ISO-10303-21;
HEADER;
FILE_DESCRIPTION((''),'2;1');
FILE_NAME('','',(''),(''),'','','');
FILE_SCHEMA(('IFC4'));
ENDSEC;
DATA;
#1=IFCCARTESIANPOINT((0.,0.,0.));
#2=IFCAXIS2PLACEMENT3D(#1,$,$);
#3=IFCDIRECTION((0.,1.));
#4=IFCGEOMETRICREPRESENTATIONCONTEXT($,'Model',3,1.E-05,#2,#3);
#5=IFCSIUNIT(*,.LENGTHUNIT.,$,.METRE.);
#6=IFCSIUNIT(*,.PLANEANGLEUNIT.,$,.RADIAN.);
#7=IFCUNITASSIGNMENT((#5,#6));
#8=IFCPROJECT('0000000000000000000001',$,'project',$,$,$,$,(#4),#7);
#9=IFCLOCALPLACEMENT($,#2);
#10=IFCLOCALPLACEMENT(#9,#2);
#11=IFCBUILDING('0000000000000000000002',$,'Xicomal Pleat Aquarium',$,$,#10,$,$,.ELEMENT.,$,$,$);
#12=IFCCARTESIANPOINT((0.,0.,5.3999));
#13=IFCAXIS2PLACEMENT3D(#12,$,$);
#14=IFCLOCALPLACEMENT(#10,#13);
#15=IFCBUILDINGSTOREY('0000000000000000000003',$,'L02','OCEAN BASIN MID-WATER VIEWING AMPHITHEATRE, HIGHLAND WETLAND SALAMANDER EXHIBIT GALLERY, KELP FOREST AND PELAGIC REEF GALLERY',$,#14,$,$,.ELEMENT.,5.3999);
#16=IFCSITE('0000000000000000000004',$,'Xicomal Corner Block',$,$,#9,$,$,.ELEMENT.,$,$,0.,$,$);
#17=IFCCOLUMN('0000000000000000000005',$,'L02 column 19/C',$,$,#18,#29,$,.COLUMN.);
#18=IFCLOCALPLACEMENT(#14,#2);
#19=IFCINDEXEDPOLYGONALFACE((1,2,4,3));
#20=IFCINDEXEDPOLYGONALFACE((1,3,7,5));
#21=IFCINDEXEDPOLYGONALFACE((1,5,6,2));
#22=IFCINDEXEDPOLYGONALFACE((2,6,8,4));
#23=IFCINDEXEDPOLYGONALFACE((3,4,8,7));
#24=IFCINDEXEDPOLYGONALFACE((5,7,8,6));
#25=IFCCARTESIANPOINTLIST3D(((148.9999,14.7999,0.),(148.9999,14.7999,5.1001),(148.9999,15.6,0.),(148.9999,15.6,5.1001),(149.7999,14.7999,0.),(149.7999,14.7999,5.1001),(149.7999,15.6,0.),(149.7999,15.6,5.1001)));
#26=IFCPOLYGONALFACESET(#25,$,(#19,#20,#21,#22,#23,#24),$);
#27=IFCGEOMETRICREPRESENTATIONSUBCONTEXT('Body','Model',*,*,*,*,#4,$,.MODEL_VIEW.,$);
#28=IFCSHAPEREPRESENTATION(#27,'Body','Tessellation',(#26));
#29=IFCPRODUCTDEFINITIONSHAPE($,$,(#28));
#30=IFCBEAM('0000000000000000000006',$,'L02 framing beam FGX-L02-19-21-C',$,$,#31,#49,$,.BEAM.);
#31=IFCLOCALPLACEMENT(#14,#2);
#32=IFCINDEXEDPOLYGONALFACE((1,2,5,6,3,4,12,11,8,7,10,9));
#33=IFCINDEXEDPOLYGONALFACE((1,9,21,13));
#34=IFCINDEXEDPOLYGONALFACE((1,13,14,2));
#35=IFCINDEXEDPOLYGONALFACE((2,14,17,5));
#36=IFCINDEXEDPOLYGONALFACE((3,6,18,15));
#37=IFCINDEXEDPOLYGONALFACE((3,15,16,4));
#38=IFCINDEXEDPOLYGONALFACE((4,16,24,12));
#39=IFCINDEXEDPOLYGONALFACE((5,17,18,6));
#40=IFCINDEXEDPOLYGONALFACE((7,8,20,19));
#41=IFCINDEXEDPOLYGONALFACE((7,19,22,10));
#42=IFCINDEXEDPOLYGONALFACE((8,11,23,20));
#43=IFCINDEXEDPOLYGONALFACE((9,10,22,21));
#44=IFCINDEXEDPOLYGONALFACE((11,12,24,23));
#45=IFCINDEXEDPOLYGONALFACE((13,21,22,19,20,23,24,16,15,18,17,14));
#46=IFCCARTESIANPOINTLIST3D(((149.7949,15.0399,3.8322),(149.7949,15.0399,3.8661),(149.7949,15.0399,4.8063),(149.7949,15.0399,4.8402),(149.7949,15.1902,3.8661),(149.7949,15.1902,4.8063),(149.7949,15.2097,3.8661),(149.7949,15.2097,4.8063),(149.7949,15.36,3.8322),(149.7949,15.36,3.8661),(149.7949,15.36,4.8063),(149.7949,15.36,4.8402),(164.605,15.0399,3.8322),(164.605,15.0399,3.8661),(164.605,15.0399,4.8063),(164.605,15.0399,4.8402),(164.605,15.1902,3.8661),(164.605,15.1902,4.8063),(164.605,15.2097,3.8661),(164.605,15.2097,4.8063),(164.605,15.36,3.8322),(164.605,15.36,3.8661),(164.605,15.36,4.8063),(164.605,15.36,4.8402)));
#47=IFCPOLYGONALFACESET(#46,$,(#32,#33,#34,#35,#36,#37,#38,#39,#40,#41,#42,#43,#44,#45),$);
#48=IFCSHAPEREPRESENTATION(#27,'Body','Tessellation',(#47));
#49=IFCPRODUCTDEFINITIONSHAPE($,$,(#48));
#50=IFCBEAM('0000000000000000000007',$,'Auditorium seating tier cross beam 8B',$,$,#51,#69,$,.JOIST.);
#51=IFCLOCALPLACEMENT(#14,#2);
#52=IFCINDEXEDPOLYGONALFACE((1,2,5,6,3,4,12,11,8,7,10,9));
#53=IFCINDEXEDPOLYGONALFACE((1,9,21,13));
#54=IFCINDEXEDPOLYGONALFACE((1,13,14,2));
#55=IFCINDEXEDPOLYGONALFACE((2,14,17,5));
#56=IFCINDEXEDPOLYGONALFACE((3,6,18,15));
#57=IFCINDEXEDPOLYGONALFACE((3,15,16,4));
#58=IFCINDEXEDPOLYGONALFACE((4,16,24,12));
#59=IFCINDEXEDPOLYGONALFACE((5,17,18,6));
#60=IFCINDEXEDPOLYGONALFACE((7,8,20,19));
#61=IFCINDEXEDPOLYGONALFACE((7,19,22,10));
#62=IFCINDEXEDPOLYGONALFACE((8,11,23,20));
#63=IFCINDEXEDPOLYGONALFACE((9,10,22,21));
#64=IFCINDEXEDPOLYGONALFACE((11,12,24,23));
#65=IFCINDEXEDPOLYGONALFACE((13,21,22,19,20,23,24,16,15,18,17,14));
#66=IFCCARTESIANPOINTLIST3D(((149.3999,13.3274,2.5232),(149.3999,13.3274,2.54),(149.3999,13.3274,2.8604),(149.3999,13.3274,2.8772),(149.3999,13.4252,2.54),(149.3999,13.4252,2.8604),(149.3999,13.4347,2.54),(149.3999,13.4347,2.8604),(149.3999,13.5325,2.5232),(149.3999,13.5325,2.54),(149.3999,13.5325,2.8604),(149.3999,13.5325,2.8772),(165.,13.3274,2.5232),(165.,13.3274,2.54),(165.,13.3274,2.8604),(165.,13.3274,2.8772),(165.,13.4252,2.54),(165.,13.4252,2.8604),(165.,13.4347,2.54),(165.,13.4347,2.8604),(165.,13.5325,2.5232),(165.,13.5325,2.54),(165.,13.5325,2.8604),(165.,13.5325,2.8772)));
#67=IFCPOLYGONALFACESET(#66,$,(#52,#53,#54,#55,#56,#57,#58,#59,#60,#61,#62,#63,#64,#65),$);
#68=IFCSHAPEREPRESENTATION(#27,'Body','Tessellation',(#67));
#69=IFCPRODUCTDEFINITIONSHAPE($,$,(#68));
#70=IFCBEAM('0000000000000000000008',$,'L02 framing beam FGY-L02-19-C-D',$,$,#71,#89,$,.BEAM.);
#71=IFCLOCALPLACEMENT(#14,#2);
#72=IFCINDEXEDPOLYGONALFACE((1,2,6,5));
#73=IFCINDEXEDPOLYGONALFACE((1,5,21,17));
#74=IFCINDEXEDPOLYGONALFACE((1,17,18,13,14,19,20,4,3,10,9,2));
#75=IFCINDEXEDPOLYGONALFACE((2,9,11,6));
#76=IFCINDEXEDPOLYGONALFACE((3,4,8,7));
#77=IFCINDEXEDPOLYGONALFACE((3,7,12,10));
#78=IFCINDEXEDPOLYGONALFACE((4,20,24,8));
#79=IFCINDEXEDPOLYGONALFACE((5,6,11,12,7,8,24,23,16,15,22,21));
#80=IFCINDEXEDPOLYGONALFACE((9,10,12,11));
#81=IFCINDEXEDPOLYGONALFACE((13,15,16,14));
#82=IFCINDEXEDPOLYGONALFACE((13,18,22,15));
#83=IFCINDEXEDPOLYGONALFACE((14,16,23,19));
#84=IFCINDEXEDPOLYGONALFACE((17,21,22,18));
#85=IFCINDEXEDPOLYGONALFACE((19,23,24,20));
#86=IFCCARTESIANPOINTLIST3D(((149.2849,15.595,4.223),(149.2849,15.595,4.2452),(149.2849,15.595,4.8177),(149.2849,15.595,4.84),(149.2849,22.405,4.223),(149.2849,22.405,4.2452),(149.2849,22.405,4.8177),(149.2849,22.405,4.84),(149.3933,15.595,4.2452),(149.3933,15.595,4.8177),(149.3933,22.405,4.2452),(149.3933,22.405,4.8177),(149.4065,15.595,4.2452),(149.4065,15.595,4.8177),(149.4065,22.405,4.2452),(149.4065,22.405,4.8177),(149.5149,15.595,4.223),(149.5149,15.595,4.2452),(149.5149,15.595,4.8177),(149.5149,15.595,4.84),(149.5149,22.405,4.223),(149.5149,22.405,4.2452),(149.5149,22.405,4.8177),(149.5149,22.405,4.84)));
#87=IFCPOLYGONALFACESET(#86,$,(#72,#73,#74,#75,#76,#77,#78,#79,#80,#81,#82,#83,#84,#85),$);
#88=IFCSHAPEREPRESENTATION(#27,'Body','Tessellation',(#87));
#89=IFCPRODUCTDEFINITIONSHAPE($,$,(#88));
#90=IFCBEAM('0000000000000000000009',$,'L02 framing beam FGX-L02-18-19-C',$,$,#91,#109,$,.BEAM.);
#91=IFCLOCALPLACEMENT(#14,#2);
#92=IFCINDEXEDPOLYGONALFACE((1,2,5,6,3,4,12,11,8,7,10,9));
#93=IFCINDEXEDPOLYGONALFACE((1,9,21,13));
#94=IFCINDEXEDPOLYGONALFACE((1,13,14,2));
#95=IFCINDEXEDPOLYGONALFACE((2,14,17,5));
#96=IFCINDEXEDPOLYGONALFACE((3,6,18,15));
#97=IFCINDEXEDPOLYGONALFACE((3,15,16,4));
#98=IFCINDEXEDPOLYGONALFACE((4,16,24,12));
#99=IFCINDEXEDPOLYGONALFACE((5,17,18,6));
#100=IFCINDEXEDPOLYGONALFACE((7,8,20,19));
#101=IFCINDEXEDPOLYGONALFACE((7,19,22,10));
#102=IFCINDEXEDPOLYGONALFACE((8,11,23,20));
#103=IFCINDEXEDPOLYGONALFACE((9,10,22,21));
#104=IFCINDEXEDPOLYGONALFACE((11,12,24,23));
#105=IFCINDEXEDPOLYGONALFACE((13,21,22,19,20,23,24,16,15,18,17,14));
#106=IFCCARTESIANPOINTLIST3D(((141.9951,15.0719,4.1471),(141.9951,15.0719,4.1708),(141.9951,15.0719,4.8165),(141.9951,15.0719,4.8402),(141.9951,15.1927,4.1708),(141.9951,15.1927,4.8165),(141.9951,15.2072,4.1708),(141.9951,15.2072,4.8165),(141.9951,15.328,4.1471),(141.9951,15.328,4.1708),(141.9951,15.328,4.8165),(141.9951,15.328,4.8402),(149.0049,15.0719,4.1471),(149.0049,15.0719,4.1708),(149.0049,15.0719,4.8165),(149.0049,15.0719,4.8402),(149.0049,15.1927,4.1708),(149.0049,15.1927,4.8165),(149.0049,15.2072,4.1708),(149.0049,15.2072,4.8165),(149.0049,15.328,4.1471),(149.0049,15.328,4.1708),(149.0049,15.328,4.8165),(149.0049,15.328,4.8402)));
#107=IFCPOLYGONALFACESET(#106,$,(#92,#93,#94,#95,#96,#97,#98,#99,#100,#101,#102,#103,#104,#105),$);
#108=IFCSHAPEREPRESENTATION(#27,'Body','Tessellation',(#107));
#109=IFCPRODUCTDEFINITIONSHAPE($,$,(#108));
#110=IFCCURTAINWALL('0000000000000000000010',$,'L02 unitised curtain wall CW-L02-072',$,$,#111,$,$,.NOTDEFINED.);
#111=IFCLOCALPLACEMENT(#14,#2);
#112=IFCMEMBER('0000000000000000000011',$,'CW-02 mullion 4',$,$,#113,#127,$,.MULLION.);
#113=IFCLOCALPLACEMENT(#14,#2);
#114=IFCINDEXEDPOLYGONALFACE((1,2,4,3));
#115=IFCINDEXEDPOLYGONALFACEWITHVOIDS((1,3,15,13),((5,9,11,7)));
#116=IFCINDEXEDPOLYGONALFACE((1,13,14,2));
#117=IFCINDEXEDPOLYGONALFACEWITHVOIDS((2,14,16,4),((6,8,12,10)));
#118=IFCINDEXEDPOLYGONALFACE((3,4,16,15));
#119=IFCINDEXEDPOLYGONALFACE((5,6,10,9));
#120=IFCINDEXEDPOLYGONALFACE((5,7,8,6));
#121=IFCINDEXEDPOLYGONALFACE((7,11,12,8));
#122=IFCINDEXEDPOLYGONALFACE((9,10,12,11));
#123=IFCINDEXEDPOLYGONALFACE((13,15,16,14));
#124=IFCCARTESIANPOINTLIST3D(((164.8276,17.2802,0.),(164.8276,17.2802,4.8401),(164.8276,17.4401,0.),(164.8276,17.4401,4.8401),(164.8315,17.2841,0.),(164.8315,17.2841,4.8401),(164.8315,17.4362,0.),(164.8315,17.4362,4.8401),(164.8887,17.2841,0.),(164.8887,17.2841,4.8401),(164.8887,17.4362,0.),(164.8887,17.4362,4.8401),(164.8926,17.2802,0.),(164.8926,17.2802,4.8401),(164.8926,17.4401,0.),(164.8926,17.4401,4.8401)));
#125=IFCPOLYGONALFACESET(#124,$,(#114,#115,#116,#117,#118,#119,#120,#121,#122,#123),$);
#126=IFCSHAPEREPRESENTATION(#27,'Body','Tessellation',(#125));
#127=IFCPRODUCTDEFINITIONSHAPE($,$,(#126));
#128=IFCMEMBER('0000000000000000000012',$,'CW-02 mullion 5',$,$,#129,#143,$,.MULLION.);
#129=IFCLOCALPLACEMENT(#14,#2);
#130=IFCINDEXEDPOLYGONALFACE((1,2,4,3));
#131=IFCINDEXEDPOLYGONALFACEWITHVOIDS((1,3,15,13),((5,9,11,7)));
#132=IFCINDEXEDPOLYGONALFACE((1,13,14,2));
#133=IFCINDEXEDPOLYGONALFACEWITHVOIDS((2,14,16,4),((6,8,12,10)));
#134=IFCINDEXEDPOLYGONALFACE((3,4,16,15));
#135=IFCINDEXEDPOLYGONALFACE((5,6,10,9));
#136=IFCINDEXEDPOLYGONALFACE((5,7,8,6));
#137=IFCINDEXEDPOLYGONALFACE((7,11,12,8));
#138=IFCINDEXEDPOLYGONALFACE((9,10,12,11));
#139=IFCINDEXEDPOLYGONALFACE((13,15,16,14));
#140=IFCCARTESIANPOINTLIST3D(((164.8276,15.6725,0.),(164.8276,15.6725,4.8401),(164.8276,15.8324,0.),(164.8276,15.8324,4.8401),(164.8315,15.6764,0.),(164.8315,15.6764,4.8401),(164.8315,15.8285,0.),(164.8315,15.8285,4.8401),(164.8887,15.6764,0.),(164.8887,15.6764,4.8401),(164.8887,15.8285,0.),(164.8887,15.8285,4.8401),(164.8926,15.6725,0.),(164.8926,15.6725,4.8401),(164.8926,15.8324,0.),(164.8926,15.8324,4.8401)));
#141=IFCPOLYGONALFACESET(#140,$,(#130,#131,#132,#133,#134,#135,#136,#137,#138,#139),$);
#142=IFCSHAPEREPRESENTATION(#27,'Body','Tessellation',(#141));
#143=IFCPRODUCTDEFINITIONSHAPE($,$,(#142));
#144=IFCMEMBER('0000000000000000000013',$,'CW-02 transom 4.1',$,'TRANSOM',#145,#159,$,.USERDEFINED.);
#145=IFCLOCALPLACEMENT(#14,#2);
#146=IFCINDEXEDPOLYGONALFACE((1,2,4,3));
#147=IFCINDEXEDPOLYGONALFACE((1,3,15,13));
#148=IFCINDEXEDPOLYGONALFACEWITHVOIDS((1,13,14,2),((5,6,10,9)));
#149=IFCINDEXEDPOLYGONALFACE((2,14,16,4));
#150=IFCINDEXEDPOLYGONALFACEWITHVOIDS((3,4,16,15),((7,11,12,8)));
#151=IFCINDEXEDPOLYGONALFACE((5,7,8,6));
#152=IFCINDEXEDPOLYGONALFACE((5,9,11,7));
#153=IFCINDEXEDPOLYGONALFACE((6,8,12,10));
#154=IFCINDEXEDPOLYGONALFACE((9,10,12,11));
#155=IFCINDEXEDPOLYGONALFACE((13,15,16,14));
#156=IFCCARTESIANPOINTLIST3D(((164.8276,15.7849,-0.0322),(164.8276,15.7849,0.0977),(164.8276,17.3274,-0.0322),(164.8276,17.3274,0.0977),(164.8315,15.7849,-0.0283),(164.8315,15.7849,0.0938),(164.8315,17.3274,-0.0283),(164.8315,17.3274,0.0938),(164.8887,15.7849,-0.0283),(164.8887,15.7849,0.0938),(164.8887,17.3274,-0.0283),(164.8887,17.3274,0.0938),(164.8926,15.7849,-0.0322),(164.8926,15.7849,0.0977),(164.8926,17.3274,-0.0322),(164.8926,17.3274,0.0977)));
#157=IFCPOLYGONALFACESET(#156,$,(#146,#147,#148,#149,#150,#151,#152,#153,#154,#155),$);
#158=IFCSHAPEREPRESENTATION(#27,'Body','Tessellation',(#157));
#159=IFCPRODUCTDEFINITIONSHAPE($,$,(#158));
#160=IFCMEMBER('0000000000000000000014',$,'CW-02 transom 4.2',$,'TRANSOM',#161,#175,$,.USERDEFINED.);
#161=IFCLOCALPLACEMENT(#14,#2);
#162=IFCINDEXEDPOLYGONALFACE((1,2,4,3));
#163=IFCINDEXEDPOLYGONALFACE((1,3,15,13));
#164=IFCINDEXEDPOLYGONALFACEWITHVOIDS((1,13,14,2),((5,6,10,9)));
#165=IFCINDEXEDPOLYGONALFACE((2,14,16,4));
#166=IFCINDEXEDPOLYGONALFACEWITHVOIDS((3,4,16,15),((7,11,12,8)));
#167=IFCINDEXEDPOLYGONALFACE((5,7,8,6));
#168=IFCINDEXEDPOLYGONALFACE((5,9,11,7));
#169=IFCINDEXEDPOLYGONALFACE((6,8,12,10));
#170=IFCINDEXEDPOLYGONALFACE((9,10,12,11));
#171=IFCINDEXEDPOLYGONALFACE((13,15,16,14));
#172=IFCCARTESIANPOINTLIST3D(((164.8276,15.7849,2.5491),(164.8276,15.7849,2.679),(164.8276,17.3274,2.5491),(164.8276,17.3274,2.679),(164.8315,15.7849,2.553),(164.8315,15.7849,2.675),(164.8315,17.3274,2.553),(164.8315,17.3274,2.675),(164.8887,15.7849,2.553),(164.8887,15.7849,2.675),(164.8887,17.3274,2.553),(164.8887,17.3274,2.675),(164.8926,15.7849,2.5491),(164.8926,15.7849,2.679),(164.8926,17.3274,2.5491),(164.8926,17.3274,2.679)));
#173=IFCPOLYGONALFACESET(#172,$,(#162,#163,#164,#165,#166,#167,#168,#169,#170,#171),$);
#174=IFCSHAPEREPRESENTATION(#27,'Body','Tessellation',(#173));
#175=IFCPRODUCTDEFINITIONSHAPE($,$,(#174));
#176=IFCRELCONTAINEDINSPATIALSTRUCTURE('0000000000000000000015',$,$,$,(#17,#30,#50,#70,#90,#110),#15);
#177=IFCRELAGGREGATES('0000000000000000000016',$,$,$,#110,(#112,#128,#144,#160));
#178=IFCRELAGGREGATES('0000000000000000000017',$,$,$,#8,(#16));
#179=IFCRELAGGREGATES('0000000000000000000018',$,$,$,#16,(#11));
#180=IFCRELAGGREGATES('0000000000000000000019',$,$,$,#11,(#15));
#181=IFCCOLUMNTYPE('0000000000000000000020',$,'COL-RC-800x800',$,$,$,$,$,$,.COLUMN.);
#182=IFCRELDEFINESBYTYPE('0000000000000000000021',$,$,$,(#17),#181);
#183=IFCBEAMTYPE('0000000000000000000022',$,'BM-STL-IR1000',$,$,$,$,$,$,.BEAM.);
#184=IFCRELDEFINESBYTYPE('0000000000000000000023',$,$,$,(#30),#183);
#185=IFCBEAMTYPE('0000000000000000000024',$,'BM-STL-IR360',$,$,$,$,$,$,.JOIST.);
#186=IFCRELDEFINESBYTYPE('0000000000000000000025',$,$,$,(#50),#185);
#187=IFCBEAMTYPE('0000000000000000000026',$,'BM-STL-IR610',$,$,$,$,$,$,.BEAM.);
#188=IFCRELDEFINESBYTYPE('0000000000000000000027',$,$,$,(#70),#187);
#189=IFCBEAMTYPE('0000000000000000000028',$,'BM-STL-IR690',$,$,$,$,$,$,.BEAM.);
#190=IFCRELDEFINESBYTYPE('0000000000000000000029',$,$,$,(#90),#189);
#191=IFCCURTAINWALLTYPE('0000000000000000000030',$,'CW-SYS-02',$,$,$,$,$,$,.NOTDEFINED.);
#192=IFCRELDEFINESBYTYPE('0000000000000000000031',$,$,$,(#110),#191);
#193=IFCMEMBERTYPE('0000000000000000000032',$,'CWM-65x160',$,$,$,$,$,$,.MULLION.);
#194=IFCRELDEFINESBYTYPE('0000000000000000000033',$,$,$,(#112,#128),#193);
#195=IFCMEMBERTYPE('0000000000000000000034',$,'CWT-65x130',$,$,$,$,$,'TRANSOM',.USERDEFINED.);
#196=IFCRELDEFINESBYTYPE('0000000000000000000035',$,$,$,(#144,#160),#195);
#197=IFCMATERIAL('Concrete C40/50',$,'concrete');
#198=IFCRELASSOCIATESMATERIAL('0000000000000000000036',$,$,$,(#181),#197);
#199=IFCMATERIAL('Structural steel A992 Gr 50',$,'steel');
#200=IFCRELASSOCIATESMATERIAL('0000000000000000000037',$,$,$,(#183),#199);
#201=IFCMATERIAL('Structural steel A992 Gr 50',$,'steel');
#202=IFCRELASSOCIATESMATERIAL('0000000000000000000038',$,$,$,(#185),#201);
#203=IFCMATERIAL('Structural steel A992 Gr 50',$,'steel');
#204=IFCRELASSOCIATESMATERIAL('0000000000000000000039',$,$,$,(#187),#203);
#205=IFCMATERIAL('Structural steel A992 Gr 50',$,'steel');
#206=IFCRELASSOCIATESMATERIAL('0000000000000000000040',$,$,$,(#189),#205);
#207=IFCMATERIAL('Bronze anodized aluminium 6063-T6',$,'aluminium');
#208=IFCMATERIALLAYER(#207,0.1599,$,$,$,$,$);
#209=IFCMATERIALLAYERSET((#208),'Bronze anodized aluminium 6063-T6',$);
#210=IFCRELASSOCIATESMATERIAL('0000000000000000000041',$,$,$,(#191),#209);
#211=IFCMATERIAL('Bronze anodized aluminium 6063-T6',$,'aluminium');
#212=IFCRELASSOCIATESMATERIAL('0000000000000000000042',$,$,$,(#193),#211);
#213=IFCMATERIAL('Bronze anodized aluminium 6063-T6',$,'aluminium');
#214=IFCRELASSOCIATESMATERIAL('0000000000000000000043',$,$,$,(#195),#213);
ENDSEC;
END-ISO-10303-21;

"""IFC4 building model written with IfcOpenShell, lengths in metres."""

from ifc_helpers import new_model, si_unit, direction, frame, origin, origin_2d, place, context, subcontext, project, spatial, rectangle, hollow_rectangle, i_section, extrude, material, layer, layer_set, material_profile, profile_set, type_object, element, aggregate, save


model = new_model("IFC4")

# Units and contexts
model_context = context("Model", 3, precision=1e-05, world=origin(), true_north=direction((0.0, 1.0)))
body_context = subcontext(model_context, "Body", "Model", "MODEL_VIEW")
ifc_project = project(units=[si_unit("LENGTHUNIT", "METRE"), si_unit("PLANEANGLEUNIT", "RADIAN")], contexts=[model_context])

# Site, building, storey
site_placement = place(None, origin())
site = spatial("IfcSite", under=ifc_project, at=site_placement, Name="Xicomal Corner Block", CompositionType="ELEMENT", RefElevation=0.0)
building_placement = place(site_placement, origin())
building = spatial("IfcBuilding", under=site, at=building_placement, Name="Xicomal Pleat Aquarium", CompositionType="ELEMENT")
storey_placement = place(building_placement, frame((0.0, 0.0, 5.3999)))
storey = spatial("IfcBuildingStorey", under=building, at=storey_placement, Name="L02", Description="OCEAN BASIN MID-WATER VIEWING AMPHITHEATRE, HIGHLAND WETLAND SALAMANDER EXHIBIT GALLERY, KELP FOREST AND PELAGIC REEF GALLERY", CompositionType="ELEMENT", Elevation=5.3999)

# Column
ifc_material_1 = material(Name="Concrete C40/50", Category="concrete")
ifc_material_profile_1 = material_profile(ifc_material_1, rectangle(XDim=0.8, YDim=0.8, at=origin_2d()), Name="RC 800x800")
ifc_profile_set_1 = profile_set([ifc_material_profile_1], Name="Concrete C40/50")
column_type = type_object("IfcColumnType", Name="COL-RC-800x800", PredefinedType="COLUMN", material=ifc_profile_set_1)
column_placement = place(storey_placement, frame((149.3999, 15.2, 0.0), z_axis=(0.0, 0.0, 1.0), x_axis=(1.0, 0.0, 0.0)))
element("IfcColumn", 1, at=column_placement, inside=storey, type_object=column_type, Name="L02 column 19/C", PredefinedType="COLUMN", context=body_context, shape_type="SweptSolid", body=[
    extrude(rectangle(XDim=0.8, YDim=0.8, at=origin_2d()), origin(), (0.0, 0.0, 1.0), 5.1001),
])

# Beams
ifc_material_2 = material(Name="Structural steel A992 Gr 50", Category="steel")
ifc_material_profile_2 = material_profile(ifc_material_2, i_section(OverallWidth=0.3201, OverallDepth=1.0081, WebThickness=0.0195, FlangeThickness=0.0339, at=origin_2d()), Name="IR 1000x321")
ifc_profile_set_2 = profile_set([ifc_material_profile_2], Name="Structural steel A992 Gr 50")
beam_type_1 = type_object("IfcBeamType", Name="BM-STL-IR1000", PredefinedType="BEAM", material=ifc_profile_set_2)
beam_1_placement = place(storey_placement, frame((149.7949, 15.2, 4.3362), z_axis=(1.0, 0.0, 0.0), x_axis=(0.0, 1.0, 0.0)))
element("IfcBeam", 2, at=beam_1_placement, inside=storey, type_object=beam_type_1, Name="L02 framing beam FGX-L02-19-21-C", PredefinedType="BEAM", context=body_context, shape_type="SweptSolid", body=[
    extrude(i_section(OverallWidth=0.3201, OverallDepth=1.0081, WebThickness=0.0195, FlangeThickness=0.0339, at=origin_2d()), origin(), (0.0, 0.0, 1.0), 14.8101),
])
ifc_material_3 = material(Name="Structural steel A992 Gr 50", Category="steel")
ifc_material_profile_3 = material_profile(ifc_material_3, i_section(OverallWidth=0.2051, OverallDepth=0.354, WebThickness=0.0095, FlangeThickness=0.0168, at=origin_2d()), Name="IR 360x79")
ifc_profile_set_3 = profile_set([ifc_material_profile_3], Name="Structural steel A992 Gr 50")
beam_type_2 = type_object("IfcBeamType", Name="BM-STL-IR360", PredefinedType="JOIST", material=ifc_profile_set_3)
beam_2_placement = place(storey_placement, frame((149.3999, 13.4299, 2.7002), z_axis=(1.0, 0.0, 0.0), x_axis=(0.0, 1.0, 0.0)))
element("IfcBeam", 3, at=beam_2_placement, inside=storey, type_object=beam_type_2, Name="Auditorium seating tier cross beam 8B", PredefinedType="JOIST", context=body_context, shape_type="SweptSolid", body=[
    extrude(i_section(OverallWidth=0.2051, OverallDepth=0.354, WebThickness=0.0095, FlangeThickness=0.0168, at=origin_2d()), origin(), (0.0, 0.0, 1.0), 15.6001),
])
ifc_material_4 = material(Name="Structural steel A992 Gr 50", Category="steel")
ifc_material_profile_4 = material_profile(ifc_material_4, i_section(OverallWidth=0.23, OverallDepth=0.6169, WebThickness=0.0132, FlangeThickness=0.0222, at=origin_2d()), Name="IR 610x140")
ifc_profile_set_4 = profile_set([ifc_material_profile_4], Name="Structural steel A992 Gr 50")
beam_type_3 = type_object("IfcBeamType", Name="BM-STL-IR610", PredefinedType="BEAM", material=ifc_profile_set_4)
beam_3_placement = place(storey_placement, frame((149.3999, 15.595, 4.5315), z_axis=(0.0, 1.0, 0.0), x_axis=(-1.0, 0.0, 0.0)))
element("IfcBeam", 4, at=beam_3_placement, inside=storey, type_object=beam_type_3, Name="L02 framing beam FGY-L02-19-C-D", PredefinedType="BEAM", context=body_context, shape_type="SweptSolid", body=[
    extrude(i_section(OverallWidth=0.23, OverallDepth=0.6169, WebThickness=0.0132, FlangeThickness=0.0222, at=origin_2d()), origin(), (0.0, 0.0, 1.0), 6.8101),
])
ifc_material_5 = material(Name="Structural steel A992 Gr 50", Category="steel")
ifc_material_profile_5 = material_profile(ifc_material_5, i_section(OverallWidth=0.2561, OverallDepth=0.6931, WebThickness=0.0144, FlangeThickness=0.0237, at=origin_2d()), Name="IR 690x170")
ifc_profile_set_5 = profile_set([ifc_material_profile_5], Name="Structural steel A992 Gr 50")
beam_type_4 = type_object("IfcBeamType", Name="BM-STL-IR690", PredefinedType="BEAM", material=ifc_profile_set_5)
beam_4_placement = place(storey_placement, frame((141.9951, 15.2, 4.4937), z_axis=(1.0, 0.0, 0.0), x_axis=(0.0, 1.0, 0.0)))
element("IfcBeam", 5, at=beam_4_placement, inside=storey, type_object=beam_type_4, Name="L02 framing beam FGX-L02-18-19-C", PredefinedType="BEAM", context=body_context, shape_type="SweptSolid", body=[
    extrude(i_section(OverallWidth=0.2561, OverallDepth=0.6931, WebThickness=0.0144, FlangeThickness=0.0237, at=origin_2d()), origin(), (0.0, 0.0, 1.0), 7.0098),
])

# Curtain wall, members
ifc_material_6 = material(Name="Bronze anodized aluminium 6063-T6", Category="aluminium")
ifc_layer_1 = layer(ifc_material_6, 0.1599)
ifc_layer_set_1 = layer_set([ifc_layer_1], Name="Bronze anodized aluminium 6063-T6")
curtain_wall_type = type_object("IfcCurtainWallType", Name="CW-SYS-02", PredefinedType="NOTDEFINED", material=ifc_layer_set_1)
curtain_wall_placement = place(storey_placement, origin())
curtain_wall = element("IfcCurtainWall", 6, at=curtain_wall_placement, inside=storey, type_object=curtain_wall_type, Name="L02 unitised curtain wall CW-L02-072", PredefinedType="NOTDEFINED")
ifc_material_7 = material(Name="Bronze anodized aluminium 6063-T6", Category="aluminium")
ifc_material_profile_6 = material_profile(ifc_material_7, hollow_rectangle(XDim=0.0649, YDim=0.1599, WallThickness=0.0039, at=origin_2d()), Name="ALU MULL 65x160")
ifc_profile_set_6 = profile_set([ifc_material_profile_6], Name="Bronze anodized aluminium 6063-T6")
member_type_1 = type_object("IfcMemberType", Name="CWM-65x160", PredefinedType="MULLION", material=ifc_profile_set_6)
member_1_placement = place(storey_placement, frame((164.8601, 17.3601, 0.0), z_axis=(0.0, 0.0, 1.0), x_axis=(1.0, 0.0, 0.0)))
member_1 = element("IfcMember", 7, at=member_1_placement, type_object=member_type_1, Name="CW-02 mullion 4", PredefinedType="MULLION", context=body_context, shape_type="SweptSolid", body=[
    extrude(hollow_rectangle(XDim=0.0649, YDim=0.1599, WallThickness=0.0039, at=origin_2d()), origin(), (0.0, 0.0, 1.0), 4.8401),
])
member_2_placement = place(storey_placement, frame((164.8601, 15.7524, 0.0), z_axis=(0.0, 0.0, 1.0), x_axis=(1.0, 0.0, 0.0)))
member_2 = element("IfcMember", 8, at=member_2_placement, type_object=member_type_1, Name="CW-02 mullion 5", PredefinedType="MULLION", context=body_context, shape_type="SweptSolid", body=[
    extrude(hollow_rectangle(XDim=0.0649, YDim=0.1599, WallThickness=0.0039, at=origin_2d()), origin(), (0.0, 0.0, 1.0), 4.8401),
])
ifc_material_8 = material(Name="Bronze anodized aluminium 6063-T6", Category="aluminium")
ifc_material_profile_7 = material_profile(ifc_material_8, hollow_rectangle(XDim=0.0649, YDim=0.1299, WallThickness=0.0039, at=origin_2d()), Name="ALU TRAN 65x130")
ifc_profile_set_7 = profile_set([ifc_material_profile_7], Name="Bronze anodized aluminium 6063-T6")
member_type_2 = type_object("IfcMemberType", Name="CWT-65x130", ElementType="TRANSOM", PredefinedType="USERDEFINED", material=ifc_profile_set_7)
member_3_placement = place(storey_placement, frame((164.8601, 17.3274, 0.0327), z_axis=(0.0, -1.0, 0.0), x_axis=(1.0, 0.0, 0.0)))
member_3 = element("IfcMember", 9, at=member_3_placement, type_object=member_type_2, Name="CW-02 transom 4.1", ObjectType="TRANSOM", PredefinedType="USERDEFINED", context=body_context, shape_type="SweptSolid", body=[
    extrude(hollow_rectangle(XDim=0.0649, YDim=0.1299, WallThickness=0.0039, at=origin_2d()), origin(), (0.0, 0.0, 1.0), 1.5425),
])
member_4_placement = place(storey_placement, frame((164.8601, 17.3274, 2.614), z_axis=(0.0, -1.0, 0.0), x_axis=(1.0, 0.0, 0.0)))
member_4 = element("IfcMember", 10, at=member_4_placement, type_object=member_type_2, Name="CW-02 transom 4.2", ObjectType="TRANSOM", PredefinedType="USERDEFINED", context=body_context, shape_type="SweptSolid", body=[
    extrude(hollow_rectangle(XDim=0.0649, YDim=0.1299, WallThickness=0.0039, at=origin_2d()), origin(), (0.0, 0.0, 1.0), 1.5425),
])
aggregate(curtain_wall, [member_1, member_2, member_3, member_4])

save(model, "model.ifc")
